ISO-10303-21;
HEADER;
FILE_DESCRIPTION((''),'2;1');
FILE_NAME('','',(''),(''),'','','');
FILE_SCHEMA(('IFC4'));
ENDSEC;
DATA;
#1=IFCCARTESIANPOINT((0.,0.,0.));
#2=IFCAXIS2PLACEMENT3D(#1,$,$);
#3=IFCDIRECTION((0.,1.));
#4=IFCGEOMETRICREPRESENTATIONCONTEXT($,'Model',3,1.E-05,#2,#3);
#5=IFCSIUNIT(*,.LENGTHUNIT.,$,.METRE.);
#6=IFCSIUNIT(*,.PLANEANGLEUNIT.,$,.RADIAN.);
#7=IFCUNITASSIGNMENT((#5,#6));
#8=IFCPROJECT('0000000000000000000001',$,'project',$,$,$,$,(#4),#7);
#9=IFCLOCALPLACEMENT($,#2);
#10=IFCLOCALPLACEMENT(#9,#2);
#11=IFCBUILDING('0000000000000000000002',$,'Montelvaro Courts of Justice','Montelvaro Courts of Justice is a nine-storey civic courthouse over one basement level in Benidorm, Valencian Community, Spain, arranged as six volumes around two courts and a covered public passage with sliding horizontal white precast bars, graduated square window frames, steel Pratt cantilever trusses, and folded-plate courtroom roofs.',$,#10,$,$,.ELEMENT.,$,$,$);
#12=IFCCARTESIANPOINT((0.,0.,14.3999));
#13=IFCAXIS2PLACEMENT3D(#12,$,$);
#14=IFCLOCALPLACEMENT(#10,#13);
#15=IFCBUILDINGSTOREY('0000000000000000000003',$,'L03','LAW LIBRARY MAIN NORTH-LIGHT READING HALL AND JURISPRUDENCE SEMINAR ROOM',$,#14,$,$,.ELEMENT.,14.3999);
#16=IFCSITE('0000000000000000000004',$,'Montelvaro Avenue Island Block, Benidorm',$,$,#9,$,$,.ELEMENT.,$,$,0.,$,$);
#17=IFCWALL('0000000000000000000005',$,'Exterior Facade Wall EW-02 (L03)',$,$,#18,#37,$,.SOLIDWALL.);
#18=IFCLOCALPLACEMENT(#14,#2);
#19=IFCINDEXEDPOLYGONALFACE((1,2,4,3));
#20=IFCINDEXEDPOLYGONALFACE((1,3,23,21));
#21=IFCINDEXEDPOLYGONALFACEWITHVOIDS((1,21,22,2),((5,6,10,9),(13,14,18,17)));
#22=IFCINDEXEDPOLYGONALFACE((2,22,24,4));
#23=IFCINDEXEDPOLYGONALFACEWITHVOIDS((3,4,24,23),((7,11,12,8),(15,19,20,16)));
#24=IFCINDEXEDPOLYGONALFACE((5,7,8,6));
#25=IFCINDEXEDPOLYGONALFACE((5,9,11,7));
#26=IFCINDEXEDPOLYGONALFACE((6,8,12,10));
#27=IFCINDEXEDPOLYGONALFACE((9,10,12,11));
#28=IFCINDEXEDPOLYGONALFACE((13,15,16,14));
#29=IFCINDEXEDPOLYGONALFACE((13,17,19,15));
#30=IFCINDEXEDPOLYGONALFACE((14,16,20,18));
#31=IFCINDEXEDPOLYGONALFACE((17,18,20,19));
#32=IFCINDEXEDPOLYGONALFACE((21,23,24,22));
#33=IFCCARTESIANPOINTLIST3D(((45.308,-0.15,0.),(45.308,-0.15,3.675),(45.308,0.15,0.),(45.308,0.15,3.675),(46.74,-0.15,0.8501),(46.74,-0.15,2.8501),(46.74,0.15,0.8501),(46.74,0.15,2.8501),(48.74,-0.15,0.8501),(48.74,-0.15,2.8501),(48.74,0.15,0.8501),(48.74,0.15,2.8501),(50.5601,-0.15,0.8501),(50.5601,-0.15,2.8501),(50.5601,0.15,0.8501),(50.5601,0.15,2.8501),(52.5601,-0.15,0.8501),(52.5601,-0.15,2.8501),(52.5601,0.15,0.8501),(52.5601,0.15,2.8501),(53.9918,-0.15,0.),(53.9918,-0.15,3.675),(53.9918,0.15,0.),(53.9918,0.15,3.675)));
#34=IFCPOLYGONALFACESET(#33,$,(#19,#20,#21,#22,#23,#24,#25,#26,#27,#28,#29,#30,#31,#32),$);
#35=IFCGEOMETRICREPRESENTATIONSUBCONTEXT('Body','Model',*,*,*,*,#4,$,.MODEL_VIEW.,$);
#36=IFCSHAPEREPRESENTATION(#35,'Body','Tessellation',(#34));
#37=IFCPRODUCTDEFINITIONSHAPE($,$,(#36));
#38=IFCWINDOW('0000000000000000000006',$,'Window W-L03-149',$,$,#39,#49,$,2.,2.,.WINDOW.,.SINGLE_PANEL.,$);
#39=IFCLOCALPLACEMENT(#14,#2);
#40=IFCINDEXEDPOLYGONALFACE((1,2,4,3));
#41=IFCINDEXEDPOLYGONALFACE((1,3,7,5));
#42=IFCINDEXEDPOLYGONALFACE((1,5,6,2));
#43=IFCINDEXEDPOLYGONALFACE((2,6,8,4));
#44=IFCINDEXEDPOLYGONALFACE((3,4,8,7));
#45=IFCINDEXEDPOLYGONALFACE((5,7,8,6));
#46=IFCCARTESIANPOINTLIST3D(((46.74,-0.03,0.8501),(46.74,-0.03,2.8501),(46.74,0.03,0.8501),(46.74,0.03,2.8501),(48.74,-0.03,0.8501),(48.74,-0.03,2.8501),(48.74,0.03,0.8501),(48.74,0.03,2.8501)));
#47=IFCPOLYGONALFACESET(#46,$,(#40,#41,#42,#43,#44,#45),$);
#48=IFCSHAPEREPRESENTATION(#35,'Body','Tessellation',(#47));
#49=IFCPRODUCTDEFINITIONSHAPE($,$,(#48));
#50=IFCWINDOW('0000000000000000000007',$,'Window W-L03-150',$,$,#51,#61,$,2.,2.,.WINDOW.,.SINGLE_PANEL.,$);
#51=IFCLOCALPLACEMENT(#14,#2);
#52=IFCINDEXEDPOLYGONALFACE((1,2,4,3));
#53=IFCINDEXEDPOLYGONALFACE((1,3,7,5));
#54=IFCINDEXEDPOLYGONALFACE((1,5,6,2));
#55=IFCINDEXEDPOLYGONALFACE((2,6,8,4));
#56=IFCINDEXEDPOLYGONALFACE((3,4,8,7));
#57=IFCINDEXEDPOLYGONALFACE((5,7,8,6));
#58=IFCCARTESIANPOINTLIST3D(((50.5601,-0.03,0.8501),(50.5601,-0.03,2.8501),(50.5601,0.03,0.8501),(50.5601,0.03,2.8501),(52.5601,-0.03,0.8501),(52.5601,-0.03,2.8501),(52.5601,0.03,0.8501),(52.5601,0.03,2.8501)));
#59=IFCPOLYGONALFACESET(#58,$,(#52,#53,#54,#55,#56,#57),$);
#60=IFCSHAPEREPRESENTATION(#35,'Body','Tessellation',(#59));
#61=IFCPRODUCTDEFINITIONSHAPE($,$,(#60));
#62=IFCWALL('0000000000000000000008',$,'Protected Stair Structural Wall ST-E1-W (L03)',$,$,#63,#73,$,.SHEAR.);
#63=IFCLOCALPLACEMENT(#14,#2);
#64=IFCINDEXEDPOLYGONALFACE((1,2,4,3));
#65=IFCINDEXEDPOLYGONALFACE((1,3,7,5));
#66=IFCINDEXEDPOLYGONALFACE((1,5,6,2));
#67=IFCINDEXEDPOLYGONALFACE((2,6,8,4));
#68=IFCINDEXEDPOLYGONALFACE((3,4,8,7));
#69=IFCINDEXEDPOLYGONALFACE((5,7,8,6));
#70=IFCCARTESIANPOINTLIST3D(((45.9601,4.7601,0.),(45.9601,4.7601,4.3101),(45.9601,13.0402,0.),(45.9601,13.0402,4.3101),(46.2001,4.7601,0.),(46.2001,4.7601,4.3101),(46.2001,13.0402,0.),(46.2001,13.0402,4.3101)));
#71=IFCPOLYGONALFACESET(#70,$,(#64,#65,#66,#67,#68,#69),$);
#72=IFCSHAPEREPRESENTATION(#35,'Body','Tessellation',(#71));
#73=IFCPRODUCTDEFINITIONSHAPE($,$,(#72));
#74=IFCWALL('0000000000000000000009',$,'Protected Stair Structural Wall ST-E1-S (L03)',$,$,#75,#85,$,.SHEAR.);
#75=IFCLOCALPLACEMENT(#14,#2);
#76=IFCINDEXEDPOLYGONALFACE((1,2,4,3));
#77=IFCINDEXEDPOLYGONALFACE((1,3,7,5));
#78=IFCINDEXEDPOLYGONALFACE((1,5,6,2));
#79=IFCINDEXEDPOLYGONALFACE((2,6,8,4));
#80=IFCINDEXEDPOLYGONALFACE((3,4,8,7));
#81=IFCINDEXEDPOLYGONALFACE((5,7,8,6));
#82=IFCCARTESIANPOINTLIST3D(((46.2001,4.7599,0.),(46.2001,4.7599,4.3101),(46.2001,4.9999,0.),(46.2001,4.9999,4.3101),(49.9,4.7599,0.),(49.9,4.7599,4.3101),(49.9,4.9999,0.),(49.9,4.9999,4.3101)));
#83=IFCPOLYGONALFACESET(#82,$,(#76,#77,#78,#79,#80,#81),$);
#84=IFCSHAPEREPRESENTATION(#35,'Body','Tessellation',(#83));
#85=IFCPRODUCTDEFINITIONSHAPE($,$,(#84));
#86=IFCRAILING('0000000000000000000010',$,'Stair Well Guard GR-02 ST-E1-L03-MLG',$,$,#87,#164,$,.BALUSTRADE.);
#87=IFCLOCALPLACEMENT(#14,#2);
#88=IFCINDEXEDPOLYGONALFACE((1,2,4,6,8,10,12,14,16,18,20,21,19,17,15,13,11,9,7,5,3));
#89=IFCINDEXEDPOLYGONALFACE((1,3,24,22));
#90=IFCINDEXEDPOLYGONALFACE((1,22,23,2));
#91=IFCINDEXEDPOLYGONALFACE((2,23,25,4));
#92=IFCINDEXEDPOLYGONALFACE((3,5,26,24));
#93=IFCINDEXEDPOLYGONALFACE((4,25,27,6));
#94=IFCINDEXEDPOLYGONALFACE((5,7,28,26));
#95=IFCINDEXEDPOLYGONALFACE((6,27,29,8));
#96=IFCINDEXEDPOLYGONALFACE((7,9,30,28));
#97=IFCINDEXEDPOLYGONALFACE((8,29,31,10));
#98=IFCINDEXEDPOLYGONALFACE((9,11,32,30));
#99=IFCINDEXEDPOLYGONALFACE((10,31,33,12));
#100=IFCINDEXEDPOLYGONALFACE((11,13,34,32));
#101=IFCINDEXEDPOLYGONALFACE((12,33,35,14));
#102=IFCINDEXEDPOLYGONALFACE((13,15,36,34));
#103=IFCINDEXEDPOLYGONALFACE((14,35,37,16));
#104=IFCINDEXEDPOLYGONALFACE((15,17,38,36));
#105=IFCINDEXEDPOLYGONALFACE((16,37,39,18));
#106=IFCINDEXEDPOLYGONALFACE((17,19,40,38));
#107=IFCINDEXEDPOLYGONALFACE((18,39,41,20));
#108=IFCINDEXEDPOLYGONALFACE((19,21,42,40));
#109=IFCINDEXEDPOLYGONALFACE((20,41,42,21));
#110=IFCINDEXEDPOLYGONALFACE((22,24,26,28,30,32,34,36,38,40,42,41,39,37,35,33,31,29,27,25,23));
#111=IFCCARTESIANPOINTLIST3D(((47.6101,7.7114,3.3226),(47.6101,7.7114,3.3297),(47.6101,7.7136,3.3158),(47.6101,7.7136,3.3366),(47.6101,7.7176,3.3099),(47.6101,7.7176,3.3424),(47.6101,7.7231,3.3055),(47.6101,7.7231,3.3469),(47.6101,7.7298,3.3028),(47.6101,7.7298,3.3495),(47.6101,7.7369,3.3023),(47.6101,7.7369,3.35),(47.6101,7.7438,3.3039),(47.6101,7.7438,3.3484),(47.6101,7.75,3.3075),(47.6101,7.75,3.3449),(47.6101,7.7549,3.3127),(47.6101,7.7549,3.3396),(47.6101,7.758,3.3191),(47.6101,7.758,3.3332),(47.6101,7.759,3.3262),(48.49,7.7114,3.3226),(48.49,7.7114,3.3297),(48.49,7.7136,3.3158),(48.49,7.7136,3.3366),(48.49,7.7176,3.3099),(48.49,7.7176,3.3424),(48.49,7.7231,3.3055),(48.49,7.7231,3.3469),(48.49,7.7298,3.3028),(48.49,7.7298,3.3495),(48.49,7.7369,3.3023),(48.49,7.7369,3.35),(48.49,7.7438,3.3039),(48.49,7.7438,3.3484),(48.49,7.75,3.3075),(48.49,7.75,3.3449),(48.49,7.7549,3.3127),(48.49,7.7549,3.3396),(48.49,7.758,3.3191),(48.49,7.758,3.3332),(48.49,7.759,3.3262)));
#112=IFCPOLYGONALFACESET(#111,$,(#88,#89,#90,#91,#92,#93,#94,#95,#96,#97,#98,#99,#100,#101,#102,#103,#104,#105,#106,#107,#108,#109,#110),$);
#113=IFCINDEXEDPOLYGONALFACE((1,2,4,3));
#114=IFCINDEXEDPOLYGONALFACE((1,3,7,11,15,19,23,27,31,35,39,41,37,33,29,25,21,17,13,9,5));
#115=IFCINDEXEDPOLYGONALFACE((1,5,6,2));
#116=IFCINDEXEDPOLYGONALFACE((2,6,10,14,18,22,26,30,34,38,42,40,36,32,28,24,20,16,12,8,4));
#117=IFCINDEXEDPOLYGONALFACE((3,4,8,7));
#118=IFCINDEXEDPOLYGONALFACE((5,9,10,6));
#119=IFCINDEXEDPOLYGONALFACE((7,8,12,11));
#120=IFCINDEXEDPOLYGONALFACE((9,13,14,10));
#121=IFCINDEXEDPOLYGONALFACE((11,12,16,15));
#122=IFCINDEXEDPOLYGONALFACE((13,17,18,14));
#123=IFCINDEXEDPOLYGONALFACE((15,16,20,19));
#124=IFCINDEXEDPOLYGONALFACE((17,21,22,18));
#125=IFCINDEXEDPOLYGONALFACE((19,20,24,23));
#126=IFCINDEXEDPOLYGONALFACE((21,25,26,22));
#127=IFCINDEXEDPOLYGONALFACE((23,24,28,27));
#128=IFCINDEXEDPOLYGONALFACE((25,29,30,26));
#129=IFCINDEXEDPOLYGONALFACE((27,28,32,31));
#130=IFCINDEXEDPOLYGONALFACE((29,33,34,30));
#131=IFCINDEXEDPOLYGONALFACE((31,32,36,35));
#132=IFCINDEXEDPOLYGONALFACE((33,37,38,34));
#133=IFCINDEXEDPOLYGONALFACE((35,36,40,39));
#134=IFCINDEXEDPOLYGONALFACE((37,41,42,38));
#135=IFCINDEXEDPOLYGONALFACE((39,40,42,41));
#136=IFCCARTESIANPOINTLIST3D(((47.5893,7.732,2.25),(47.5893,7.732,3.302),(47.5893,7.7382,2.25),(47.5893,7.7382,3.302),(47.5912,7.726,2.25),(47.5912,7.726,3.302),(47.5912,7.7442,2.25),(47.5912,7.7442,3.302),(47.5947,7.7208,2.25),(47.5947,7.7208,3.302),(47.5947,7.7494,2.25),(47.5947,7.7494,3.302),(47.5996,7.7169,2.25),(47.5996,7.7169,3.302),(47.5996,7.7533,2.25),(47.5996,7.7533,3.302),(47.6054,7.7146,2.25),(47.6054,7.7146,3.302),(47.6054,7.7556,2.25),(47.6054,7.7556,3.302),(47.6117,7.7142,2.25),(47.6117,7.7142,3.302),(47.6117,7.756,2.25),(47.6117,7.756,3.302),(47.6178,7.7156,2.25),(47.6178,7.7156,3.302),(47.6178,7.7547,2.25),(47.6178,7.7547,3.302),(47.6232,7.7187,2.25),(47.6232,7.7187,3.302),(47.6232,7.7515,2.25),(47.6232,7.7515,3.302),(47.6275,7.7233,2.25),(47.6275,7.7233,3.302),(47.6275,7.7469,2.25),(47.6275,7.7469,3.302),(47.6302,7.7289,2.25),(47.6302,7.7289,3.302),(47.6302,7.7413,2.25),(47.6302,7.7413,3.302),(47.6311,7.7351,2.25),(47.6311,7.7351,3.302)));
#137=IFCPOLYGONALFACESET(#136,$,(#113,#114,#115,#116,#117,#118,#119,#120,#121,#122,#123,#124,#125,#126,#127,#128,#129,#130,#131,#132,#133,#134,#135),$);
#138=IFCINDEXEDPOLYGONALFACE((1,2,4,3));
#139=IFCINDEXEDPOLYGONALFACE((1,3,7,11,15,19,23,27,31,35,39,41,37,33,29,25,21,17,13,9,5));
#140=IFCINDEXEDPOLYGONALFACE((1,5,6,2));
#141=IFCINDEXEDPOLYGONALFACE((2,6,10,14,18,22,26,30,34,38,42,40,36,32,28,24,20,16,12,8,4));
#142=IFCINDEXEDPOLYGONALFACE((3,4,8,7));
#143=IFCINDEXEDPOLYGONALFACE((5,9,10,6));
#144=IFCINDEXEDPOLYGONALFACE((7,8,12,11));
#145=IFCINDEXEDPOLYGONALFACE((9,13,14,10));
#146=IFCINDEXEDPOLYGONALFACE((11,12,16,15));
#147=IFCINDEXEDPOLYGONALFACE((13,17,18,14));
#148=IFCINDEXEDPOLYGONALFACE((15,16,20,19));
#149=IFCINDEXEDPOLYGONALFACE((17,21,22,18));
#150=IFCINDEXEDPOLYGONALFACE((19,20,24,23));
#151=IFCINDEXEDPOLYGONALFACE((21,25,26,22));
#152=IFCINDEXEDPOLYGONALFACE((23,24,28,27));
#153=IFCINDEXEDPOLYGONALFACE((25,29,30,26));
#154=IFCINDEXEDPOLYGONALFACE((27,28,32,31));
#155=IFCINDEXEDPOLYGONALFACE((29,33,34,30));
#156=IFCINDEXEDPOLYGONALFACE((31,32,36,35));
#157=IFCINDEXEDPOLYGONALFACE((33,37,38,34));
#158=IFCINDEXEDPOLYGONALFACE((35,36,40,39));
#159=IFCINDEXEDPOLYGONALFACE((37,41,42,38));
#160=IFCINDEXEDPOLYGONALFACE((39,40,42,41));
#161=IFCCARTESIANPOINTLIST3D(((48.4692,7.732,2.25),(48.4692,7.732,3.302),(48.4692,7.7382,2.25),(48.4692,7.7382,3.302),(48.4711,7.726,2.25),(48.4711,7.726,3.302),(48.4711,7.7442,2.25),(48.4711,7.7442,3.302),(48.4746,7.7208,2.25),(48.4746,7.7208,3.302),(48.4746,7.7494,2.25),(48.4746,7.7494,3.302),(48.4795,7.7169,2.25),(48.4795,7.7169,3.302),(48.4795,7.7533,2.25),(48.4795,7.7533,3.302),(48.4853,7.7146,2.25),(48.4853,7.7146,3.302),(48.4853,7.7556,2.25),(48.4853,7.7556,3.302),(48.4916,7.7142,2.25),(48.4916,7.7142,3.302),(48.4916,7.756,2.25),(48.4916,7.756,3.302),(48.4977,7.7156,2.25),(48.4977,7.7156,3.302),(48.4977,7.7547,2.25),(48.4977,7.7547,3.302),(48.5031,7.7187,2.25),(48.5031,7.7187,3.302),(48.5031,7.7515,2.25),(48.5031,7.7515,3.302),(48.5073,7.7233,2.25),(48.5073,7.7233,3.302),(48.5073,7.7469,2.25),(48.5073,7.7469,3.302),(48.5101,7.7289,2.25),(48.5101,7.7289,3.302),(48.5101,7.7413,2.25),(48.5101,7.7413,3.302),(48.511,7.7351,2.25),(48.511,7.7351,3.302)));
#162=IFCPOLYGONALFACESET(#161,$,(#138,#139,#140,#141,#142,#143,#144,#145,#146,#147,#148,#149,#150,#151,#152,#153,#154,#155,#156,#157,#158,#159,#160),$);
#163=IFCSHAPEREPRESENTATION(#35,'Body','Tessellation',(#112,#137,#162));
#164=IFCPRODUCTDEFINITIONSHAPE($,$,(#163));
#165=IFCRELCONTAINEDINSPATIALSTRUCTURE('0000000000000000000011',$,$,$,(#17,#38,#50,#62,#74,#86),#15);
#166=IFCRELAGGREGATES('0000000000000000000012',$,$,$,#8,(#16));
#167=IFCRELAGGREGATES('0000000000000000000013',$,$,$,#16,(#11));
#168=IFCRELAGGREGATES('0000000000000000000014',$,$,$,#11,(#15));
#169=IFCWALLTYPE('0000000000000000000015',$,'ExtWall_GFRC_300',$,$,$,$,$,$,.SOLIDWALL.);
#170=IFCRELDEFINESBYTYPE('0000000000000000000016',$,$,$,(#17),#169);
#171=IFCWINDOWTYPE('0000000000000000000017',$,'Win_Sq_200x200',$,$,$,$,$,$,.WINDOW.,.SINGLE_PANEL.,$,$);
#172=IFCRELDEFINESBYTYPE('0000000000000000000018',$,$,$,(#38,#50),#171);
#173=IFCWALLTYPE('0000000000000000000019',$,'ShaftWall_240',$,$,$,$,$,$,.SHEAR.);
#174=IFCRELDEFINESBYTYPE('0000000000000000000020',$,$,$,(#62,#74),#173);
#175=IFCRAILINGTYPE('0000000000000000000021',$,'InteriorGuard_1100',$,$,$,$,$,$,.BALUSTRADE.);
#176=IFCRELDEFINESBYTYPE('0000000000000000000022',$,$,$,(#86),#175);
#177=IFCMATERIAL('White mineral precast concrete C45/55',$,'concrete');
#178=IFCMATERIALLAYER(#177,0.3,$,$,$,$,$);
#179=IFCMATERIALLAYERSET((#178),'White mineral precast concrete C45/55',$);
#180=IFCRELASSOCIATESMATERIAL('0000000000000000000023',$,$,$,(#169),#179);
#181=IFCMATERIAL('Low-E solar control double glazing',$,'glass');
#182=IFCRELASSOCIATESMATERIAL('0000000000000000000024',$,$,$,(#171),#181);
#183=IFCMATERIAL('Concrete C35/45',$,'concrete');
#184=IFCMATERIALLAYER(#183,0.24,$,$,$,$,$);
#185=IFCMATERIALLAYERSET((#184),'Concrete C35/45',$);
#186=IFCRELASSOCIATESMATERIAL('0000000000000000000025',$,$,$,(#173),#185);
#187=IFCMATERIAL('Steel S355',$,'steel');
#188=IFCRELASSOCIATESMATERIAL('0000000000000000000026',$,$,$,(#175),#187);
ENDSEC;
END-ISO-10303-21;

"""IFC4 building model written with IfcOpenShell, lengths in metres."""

from ifc_helpers import new_model, si_unit, direction, frame, frame_2d, origin, origin_2d, place, context, subcontext, project, spatial, rectangle, circle, extrude, material, layer, layer_set, type_object, element, fill, save


model = new_model("IFC4")

# Units and contexts
model_context = context("Model", 3, precision=1e-05, world=origin(), true_north=direction((0.0, 1.0)))
body_context = subcontext(model_context, "Body", "Model", "MODEL_VIEW")
ifc_project = project(units=[si_unit("LENGTHUNIT", "METRE"), si_unit("PLANEANGLEUNIT", "RADIAN")], contexts=[model_context])

# Site, building, storey
site_placement = place(None, origin())
site = spatial("IfcSite", under=ifc_project, at=site_placement, Name="Montelvaro Avenue Island Block, Benidorm", CompositionType="ELEMENT", RefElevation=0.0)
building_placement = place(site_placement, origin())
building = spatial("IfcBuilding", under=site, at=building_placement, Name="Montelvaro Courts of Justice", Description="Montelvaro Courts of Justice is a nine-storey civic courthouse over one basement level in Benidorm, Valencian Community, Spain, arranged as six volumes around two courts and a covered public passage with sliding horizontal white precast bars, graduated square window frames, steel Pratt cantilever trusses, and folded-plate courtroom roofs.", CompositionType="ELEMENT")
storey_placement = place(building_placement, frame((0.0, 0.0, 14.3999)))
storey = spatial("IfcBuildingStorey", under=building, at=storey_placement, Name="L03", Description="LAW LIBRARY MAIN NORTH-LIGHT READING HALL AND JURISPRUDENCE SEMINAR ROOM", CompositionType="ELEMENT", Elevation=14.3999)

# Shared definitions
ifc_material_1 = material(Name="Steel S355", Category="steel")

# Shared definitions
ifc_material_2 = material(Name="White mineral precast concrete C45/55", Category="concrete")

# Wall, openings, windows
ifc_layer_1 = layer(ifc_material_2, 0.3)
ifc_layer_set_1 = layer_set([ifc_layer_1], Name="White mineral precast concrete C45/55")
wall_type_1 = type_object("IfcWallType", Name="ExtWall_GFRC_300", PredefinedType="SOLIDWALL", material=ifc_layer_set_1)
wall_1_placement = place(storey_placement, frame((45.3081, 0.0, 0.0), z_axis=(0.0, 0.0, 1.0), x_axis=(1.0, 0.0, 0.0)))
wall_1 = element("IfcWall", 1, at=wall_1_placement, inside=storey, type_object=wall_type_1, Name="Exterior Facade Wall EW-02 (L03)", PredefinedType="SOLIDWALL", context=body_context, shape_type="SweptSolid", body=[
    extrude(rectangle(XDim=8.6838, YDim=0.3, at=frame_2d((4.3418, 0.0))), origin(), (0.0, 0.0, 1.0), 3.675),
])
opening_1_placement = place(wall_1_placement, frame((1.4319, 0.0, 0.8501)))
opening_1 = element("IfcOpeningElement", 2, at=opening_1_placement, cuts=wall_1, PredefinedType="OPENING", context=body_context, shape_type="SweptSolid", body=[
    extrude(rectangle(XDim=2.0, YDim=2.0, at=frame_2d((1.0, 1.0))), frame((0.0, 0.165, 0.0), z_axis=(0.0, -1.0, 0.0), x_axis=(1.0, 0.0, 0.0)), (0.0, 0.0, 1.0), 0.3298),
])
opening_2_placement = place(wall_1_placement, frame((5.252, 0.0, 0.8501)))
opening_2 = element("IfcOpeningElement", 3, at=opening_2_placement, cuts=wall_1, PredefinedType="OPENING", context=body_context, shape_type="SweptSolid", body=[
    extrude(rectangle(XDim=2.0, YDim=2.0, at=frame_2d((1.0, 1.0))), frame((0.0, 0.165, 0.0), z_axis=(0.0, -1.0, 0.0), x_axis=(1.0, 0.0, 0.0)), (0.0, 0.0, 1.0), 0.3298),
])
ifc_material_3 = material(Name="Low-E solar control double glazing", Category="glass")
window_type = type_object("IfcWindowType", Name="Win_Sq_200x200", PartitioningType="SINGLE_PANEL", PredefinedType="WINDOW", material=ifc_material_3)
window_1_placement = place(opening_1_placement, origin())
window_1 = element("IfcWindow", 4, at=window_1_placement, inside=storey, type_object=window_type, Name="Window W-L03-149", OverallHeight=2.0, OverallWidth=2.0, PartitioningType="SINGLE_PANEL", PredefinedType="WINDOW", context=body_context, shape_type="SweptSolid", body=[
    extrude(rectangle(XDim=2.0, YDim=2.0, at=frame_2d((1.0, 1.0))), frame((0.0, 0.03, 0.0), z_axis=(0.0, -1.0, 0.0), x_axis=(1.0, 0.0, 0.0)), (0.0, 0.0, 1.0), 0.0601),
])
fill(opening_1, window_1)
window_2_placement = place(opening_2_placement, origin())
window_2 = element("IfcWindow", 5, at=window_2_placement, inside=storey, type_object=window_type, Name="Window W-L03-150", OverallHeight=2.0, OverallWidth=2.0, PartitioningType="SINGLE_PANEL", PredefinedType="WINDOW", context=body_context, shape_type="SweptSolid", body=[
    extrude(rectangle(XDim=2.0, YDim=2.0, at=frame_2d((1.0, 1.0))), frame((0.0, 0.03, 0.0), z_axis=(0.0, -1.0, 0.0), x_axis=(1.0, 0.0, 0.0)), (0.0, 0.0, 1.0), 0.0601),
])
fill(opening_2, window_2)

# Walls
ifc_material_4 = material(Name="Concrete C35/45", Category="concrete")
ifc_layer_2 = layer(ifc_material_4, 0.24)
ifc_layer_set_2 = layer_set([ifc_layer_2], Name="Concrete C35/45")
wall_type_2 = type_object("IfcWallType", Name="ShaftWall_240", PredefinedType="SHEAR", material=ifc_layer_set_2)
wall_2_placement = place(storey_placement, frame((46.0801, 4.76, 0.0), z_axis=(0.0, 0.0, 1.0), x_axis=(0.0, 1.0, 0.0)))
element("IfcWall", 6, at=wall_2_placement, inside=storey, type_object=wall_type_2, Name="Protected Stair Structural Wall ST-E1-W (L03)", PredefinedType="SHEAR", context=body_context, shape_type="SweptSolid", body=[
    extrude(rectangle(XDim=8.28, YDim=0.24, at=frame_2d((4.1401, 0.0))), origin(), (0.0, 0.0, 1.0), 4.3101),
])
wall_3_placement = place(storey_placement, frame((46.2, 4.8799, 0.0), z_axis=(0.0, 0.0, 1.0), x_axis=(1.0, 0.0, 0.0)))
element("IfcWall", 7, at=wall_3_placement, inside=storey, type_object=wall_type_2, Name="Protected Stair Structural Wall ST-E1-S (L03)", PredefinedType="SHEAR", context=body_context, shape_type="SweptSolid", body=[
    extrude(rectangle(XDim=3.7, YDim=0.24, at=frame_2d((1.8501, 0.0))), origin(), (0.0, 0.0, 1.0), 4.3101),
])

# Railing
railing_type_1 = type_object("IfcRailingType", Name="InteriorGuard_1100", PredefinedType="BALUSTRADE", material=ifc_material_1)
railing_1_placement = place(storey_placement, frame((47.6101, 7.7351, 2.25)))
element("IfcRailing", 8, at=railing_1_placement, inside=storey, type_object=railing_type_1, Name="Stair Well Guard GR-02 ST-E1-L03-MLG", PredefinedType="BALUSTRADE", context=body_context, shape_type="SweptSolid", body=[
    extrude(circle(Radius=0.0239, at=origin_2d()), frame((0.0, 0.0, 1.0762), z_axis=(1.0, 0.0, 0.0), x_axis=(0.0, 1.0, 0.0)), (0.0, 0.0, 1.0), 0.8799),
    extrude(circle(Radius=0.021, at=origin_2d()), origin(), (0.0, 0.0, 1.0), 1.052),
    extrude(circle(Radius=0.021, at=origin_2d()), frame((0.8799, 0.0, 0.0)), (0.0, 0.0, 1.0), 1.052),
])

save(model, "model.ifc")
